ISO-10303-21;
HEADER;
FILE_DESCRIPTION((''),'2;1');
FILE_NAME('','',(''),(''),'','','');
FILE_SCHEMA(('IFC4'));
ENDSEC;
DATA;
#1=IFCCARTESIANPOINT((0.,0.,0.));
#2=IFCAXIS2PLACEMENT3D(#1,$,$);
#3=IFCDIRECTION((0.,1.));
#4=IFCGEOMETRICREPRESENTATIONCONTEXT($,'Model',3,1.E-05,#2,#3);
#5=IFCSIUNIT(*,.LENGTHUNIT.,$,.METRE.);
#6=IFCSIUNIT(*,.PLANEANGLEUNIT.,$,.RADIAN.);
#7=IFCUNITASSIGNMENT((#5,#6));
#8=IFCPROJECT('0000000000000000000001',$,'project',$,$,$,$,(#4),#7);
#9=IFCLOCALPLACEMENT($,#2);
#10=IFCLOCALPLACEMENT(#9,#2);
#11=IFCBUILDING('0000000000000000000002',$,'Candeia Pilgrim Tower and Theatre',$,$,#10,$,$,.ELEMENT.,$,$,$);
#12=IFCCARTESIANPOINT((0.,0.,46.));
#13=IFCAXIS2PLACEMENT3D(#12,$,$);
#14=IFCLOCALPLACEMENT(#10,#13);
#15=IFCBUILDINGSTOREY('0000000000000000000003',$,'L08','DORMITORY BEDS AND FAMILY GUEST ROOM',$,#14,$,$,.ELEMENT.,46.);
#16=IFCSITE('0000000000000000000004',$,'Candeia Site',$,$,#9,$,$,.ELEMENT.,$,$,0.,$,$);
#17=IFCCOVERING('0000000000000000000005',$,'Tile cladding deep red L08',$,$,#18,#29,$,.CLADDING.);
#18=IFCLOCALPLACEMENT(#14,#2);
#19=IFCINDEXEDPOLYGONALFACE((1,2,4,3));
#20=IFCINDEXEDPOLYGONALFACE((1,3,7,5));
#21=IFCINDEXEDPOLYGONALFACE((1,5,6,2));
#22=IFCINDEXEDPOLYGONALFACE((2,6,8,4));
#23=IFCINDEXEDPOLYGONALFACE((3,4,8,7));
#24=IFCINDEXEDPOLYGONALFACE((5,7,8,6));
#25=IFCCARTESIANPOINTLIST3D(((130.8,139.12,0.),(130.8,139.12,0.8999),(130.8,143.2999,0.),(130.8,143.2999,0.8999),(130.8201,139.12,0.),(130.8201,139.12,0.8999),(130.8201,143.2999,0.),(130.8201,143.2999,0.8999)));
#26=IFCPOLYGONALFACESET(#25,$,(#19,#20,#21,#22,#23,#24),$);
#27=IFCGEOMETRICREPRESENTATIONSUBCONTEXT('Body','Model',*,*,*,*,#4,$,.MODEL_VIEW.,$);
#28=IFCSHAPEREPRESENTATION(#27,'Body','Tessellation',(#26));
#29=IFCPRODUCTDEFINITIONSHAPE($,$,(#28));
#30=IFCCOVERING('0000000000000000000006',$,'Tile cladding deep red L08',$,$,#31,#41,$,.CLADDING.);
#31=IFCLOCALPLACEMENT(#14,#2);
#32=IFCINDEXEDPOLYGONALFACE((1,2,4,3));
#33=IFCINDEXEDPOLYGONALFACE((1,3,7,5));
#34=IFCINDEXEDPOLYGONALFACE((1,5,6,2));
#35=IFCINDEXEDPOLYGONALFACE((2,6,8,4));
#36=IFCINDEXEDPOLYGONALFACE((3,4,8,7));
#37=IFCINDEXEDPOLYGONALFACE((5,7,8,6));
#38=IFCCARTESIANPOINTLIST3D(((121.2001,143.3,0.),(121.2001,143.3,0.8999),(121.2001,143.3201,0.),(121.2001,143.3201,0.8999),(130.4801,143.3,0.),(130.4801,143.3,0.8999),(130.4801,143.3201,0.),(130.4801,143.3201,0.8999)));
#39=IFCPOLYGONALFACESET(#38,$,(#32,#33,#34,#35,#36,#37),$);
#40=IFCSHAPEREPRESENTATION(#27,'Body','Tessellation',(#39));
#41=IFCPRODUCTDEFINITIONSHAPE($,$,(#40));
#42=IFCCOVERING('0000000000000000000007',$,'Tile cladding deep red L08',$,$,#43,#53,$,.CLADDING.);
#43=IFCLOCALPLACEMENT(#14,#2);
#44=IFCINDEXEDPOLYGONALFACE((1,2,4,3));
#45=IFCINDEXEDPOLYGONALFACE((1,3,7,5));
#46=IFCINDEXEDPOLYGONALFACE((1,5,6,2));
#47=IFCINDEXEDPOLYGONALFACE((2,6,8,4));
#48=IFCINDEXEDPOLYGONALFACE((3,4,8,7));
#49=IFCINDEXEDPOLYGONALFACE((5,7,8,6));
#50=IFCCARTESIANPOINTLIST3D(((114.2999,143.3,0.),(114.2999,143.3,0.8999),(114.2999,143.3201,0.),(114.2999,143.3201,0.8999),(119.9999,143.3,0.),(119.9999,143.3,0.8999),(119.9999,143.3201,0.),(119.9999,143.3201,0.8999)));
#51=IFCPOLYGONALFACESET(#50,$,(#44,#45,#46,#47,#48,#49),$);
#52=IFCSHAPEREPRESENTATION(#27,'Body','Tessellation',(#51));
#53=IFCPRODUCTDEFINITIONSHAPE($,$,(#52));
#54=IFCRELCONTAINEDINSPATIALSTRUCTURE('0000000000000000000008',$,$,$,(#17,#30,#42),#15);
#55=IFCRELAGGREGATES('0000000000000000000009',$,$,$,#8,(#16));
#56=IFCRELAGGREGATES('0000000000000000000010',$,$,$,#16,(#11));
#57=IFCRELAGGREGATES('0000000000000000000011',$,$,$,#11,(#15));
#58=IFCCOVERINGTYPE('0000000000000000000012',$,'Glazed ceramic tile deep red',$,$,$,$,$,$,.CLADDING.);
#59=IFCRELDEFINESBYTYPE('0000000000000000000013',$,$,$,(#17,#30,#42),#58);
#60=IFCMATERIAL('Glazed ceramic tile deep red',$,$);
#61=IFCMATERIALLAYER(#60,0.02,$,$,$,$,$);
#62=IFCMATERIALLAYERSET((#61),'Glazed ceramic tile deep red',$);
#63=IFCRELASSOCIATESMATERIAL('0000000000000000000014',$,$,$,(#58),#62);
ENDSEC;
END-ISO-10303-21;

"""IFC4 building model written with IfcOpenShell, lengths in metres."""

from ifc_helpers import new_model, si_unit, direction, frame, origin, origin_2d, place, context, subcontext, project, spatial, rectangle, extrude, material, layer, layer_set, type_object, element, save


model = new_model("IFC4")

# Units and contexts
model_context = context("Model", 3, precision=1e-05, world=origin(), true_north=direction((0.0, 1.0)))
body_context = subcontext(model_context, "Body", "Model", "MODEL_VIEW")
ifc_project = project(units=[si_unit("LENGTHUNIT", "METRE"), si_unit("PLANEANGLEUNIT", "RADIAN")], contexts=[model_context])

# Site, building, storey
site_placement = place(None, origin())
site = spatial("IfcSite", under=ifc_project, at=site_placement, Name="Candeia Site", CompositionType="ELEMENT", RefElevation=0.0)
building_placement = place(site_placement, origin())
building = spatial("IfcBuilding", under=site, at=building_placement, Name="Candeia Pilgrim Tower and Theatre", CompositionType="ELEMENT")
storey_placement = place(building_placement, frame((0.0, 0.0, 46.0)))
storey = spatial("IfcBuildingStorey", under=building, at=storey_placement, Name="L08", Description="DORMITORY BEDS AND FAMILY GUEST ROOM", CompositionType="ELEMENT", Elevation=46.0)

# Coverings
ifc_material_1 = material(Name="Glazed ceramic tile deep red")
ifc_layer_1 = layer(ifc_material_1, 0.02)
ifc_layer_set_1 = layer_set([ifc_layer_1], Name="Glazed ceramic tile deep red")
covering_type = type_object("IfcCoveringType", Name="Glazed ceramic tile deep red", PredefinedType="CLADDING", material=ifc_layer_set_1)
covering_1_placement = place(storey_placement, frame((130.8101, 141.21, 0.0), z_axis=(0.0, 0.0, 1.0), x_axis=(0.0, 1.0, 0.0)))
element("IfcCovering", 1, at=covering_1_placement, inside=storey, type_object=covering_type, Name="Tile cladding deep red L08", PredefinedType="CLADDING", context=body_context, shape_type="SweptSolid", body=[
    extrude(rectangle(XDim=4.1799, YDim=0.02, at=origin_2d()), origin(), (0.0, 0.0, 1.0), 0.8999),
])
covering_2_placement = place(storey_placement, frame((125.8401, 143.3101, 0.0), z_axis=(0.0, 0.0, 1.0), x_axis=(-1.0, 0.0, 0.0)))
element("IfcCovering", 2, at=covering_2_placement, inside=storey, type_object=covering_type, Name="Tile cladding deep red L08", PredefinedType="CLADDING", context=body_context, shape_type="SweptSolid", body=[
    extrude(rectangle(XDim=9.28, YDim=0.02, at=origin_2d()), origin(), (0.0, 0.0, 1.0), 0.8999),
])
covering_3_placement = place(storey_placement, frame((117.1499, 143.3101, 0.0), z_axis=(0.0, 0.0, 1.0), x_axis=(-1.0, 0.0, 0.0)))
element("IfcCovering", 3, at=covering_3_placement, inside=storey, type_object=covering_type, Name="Tile cladding deep red L08", PredefinedType="CLADDING", context=body_context, shape_type="SweptSolid", body=[
    extrude(rectangle(XDim=5.7, YDim=0.02, at=origin_2d()), origin(), (0.0, 0.0, 1.0), 0.8999),
])

save(model, "model.ifc")
